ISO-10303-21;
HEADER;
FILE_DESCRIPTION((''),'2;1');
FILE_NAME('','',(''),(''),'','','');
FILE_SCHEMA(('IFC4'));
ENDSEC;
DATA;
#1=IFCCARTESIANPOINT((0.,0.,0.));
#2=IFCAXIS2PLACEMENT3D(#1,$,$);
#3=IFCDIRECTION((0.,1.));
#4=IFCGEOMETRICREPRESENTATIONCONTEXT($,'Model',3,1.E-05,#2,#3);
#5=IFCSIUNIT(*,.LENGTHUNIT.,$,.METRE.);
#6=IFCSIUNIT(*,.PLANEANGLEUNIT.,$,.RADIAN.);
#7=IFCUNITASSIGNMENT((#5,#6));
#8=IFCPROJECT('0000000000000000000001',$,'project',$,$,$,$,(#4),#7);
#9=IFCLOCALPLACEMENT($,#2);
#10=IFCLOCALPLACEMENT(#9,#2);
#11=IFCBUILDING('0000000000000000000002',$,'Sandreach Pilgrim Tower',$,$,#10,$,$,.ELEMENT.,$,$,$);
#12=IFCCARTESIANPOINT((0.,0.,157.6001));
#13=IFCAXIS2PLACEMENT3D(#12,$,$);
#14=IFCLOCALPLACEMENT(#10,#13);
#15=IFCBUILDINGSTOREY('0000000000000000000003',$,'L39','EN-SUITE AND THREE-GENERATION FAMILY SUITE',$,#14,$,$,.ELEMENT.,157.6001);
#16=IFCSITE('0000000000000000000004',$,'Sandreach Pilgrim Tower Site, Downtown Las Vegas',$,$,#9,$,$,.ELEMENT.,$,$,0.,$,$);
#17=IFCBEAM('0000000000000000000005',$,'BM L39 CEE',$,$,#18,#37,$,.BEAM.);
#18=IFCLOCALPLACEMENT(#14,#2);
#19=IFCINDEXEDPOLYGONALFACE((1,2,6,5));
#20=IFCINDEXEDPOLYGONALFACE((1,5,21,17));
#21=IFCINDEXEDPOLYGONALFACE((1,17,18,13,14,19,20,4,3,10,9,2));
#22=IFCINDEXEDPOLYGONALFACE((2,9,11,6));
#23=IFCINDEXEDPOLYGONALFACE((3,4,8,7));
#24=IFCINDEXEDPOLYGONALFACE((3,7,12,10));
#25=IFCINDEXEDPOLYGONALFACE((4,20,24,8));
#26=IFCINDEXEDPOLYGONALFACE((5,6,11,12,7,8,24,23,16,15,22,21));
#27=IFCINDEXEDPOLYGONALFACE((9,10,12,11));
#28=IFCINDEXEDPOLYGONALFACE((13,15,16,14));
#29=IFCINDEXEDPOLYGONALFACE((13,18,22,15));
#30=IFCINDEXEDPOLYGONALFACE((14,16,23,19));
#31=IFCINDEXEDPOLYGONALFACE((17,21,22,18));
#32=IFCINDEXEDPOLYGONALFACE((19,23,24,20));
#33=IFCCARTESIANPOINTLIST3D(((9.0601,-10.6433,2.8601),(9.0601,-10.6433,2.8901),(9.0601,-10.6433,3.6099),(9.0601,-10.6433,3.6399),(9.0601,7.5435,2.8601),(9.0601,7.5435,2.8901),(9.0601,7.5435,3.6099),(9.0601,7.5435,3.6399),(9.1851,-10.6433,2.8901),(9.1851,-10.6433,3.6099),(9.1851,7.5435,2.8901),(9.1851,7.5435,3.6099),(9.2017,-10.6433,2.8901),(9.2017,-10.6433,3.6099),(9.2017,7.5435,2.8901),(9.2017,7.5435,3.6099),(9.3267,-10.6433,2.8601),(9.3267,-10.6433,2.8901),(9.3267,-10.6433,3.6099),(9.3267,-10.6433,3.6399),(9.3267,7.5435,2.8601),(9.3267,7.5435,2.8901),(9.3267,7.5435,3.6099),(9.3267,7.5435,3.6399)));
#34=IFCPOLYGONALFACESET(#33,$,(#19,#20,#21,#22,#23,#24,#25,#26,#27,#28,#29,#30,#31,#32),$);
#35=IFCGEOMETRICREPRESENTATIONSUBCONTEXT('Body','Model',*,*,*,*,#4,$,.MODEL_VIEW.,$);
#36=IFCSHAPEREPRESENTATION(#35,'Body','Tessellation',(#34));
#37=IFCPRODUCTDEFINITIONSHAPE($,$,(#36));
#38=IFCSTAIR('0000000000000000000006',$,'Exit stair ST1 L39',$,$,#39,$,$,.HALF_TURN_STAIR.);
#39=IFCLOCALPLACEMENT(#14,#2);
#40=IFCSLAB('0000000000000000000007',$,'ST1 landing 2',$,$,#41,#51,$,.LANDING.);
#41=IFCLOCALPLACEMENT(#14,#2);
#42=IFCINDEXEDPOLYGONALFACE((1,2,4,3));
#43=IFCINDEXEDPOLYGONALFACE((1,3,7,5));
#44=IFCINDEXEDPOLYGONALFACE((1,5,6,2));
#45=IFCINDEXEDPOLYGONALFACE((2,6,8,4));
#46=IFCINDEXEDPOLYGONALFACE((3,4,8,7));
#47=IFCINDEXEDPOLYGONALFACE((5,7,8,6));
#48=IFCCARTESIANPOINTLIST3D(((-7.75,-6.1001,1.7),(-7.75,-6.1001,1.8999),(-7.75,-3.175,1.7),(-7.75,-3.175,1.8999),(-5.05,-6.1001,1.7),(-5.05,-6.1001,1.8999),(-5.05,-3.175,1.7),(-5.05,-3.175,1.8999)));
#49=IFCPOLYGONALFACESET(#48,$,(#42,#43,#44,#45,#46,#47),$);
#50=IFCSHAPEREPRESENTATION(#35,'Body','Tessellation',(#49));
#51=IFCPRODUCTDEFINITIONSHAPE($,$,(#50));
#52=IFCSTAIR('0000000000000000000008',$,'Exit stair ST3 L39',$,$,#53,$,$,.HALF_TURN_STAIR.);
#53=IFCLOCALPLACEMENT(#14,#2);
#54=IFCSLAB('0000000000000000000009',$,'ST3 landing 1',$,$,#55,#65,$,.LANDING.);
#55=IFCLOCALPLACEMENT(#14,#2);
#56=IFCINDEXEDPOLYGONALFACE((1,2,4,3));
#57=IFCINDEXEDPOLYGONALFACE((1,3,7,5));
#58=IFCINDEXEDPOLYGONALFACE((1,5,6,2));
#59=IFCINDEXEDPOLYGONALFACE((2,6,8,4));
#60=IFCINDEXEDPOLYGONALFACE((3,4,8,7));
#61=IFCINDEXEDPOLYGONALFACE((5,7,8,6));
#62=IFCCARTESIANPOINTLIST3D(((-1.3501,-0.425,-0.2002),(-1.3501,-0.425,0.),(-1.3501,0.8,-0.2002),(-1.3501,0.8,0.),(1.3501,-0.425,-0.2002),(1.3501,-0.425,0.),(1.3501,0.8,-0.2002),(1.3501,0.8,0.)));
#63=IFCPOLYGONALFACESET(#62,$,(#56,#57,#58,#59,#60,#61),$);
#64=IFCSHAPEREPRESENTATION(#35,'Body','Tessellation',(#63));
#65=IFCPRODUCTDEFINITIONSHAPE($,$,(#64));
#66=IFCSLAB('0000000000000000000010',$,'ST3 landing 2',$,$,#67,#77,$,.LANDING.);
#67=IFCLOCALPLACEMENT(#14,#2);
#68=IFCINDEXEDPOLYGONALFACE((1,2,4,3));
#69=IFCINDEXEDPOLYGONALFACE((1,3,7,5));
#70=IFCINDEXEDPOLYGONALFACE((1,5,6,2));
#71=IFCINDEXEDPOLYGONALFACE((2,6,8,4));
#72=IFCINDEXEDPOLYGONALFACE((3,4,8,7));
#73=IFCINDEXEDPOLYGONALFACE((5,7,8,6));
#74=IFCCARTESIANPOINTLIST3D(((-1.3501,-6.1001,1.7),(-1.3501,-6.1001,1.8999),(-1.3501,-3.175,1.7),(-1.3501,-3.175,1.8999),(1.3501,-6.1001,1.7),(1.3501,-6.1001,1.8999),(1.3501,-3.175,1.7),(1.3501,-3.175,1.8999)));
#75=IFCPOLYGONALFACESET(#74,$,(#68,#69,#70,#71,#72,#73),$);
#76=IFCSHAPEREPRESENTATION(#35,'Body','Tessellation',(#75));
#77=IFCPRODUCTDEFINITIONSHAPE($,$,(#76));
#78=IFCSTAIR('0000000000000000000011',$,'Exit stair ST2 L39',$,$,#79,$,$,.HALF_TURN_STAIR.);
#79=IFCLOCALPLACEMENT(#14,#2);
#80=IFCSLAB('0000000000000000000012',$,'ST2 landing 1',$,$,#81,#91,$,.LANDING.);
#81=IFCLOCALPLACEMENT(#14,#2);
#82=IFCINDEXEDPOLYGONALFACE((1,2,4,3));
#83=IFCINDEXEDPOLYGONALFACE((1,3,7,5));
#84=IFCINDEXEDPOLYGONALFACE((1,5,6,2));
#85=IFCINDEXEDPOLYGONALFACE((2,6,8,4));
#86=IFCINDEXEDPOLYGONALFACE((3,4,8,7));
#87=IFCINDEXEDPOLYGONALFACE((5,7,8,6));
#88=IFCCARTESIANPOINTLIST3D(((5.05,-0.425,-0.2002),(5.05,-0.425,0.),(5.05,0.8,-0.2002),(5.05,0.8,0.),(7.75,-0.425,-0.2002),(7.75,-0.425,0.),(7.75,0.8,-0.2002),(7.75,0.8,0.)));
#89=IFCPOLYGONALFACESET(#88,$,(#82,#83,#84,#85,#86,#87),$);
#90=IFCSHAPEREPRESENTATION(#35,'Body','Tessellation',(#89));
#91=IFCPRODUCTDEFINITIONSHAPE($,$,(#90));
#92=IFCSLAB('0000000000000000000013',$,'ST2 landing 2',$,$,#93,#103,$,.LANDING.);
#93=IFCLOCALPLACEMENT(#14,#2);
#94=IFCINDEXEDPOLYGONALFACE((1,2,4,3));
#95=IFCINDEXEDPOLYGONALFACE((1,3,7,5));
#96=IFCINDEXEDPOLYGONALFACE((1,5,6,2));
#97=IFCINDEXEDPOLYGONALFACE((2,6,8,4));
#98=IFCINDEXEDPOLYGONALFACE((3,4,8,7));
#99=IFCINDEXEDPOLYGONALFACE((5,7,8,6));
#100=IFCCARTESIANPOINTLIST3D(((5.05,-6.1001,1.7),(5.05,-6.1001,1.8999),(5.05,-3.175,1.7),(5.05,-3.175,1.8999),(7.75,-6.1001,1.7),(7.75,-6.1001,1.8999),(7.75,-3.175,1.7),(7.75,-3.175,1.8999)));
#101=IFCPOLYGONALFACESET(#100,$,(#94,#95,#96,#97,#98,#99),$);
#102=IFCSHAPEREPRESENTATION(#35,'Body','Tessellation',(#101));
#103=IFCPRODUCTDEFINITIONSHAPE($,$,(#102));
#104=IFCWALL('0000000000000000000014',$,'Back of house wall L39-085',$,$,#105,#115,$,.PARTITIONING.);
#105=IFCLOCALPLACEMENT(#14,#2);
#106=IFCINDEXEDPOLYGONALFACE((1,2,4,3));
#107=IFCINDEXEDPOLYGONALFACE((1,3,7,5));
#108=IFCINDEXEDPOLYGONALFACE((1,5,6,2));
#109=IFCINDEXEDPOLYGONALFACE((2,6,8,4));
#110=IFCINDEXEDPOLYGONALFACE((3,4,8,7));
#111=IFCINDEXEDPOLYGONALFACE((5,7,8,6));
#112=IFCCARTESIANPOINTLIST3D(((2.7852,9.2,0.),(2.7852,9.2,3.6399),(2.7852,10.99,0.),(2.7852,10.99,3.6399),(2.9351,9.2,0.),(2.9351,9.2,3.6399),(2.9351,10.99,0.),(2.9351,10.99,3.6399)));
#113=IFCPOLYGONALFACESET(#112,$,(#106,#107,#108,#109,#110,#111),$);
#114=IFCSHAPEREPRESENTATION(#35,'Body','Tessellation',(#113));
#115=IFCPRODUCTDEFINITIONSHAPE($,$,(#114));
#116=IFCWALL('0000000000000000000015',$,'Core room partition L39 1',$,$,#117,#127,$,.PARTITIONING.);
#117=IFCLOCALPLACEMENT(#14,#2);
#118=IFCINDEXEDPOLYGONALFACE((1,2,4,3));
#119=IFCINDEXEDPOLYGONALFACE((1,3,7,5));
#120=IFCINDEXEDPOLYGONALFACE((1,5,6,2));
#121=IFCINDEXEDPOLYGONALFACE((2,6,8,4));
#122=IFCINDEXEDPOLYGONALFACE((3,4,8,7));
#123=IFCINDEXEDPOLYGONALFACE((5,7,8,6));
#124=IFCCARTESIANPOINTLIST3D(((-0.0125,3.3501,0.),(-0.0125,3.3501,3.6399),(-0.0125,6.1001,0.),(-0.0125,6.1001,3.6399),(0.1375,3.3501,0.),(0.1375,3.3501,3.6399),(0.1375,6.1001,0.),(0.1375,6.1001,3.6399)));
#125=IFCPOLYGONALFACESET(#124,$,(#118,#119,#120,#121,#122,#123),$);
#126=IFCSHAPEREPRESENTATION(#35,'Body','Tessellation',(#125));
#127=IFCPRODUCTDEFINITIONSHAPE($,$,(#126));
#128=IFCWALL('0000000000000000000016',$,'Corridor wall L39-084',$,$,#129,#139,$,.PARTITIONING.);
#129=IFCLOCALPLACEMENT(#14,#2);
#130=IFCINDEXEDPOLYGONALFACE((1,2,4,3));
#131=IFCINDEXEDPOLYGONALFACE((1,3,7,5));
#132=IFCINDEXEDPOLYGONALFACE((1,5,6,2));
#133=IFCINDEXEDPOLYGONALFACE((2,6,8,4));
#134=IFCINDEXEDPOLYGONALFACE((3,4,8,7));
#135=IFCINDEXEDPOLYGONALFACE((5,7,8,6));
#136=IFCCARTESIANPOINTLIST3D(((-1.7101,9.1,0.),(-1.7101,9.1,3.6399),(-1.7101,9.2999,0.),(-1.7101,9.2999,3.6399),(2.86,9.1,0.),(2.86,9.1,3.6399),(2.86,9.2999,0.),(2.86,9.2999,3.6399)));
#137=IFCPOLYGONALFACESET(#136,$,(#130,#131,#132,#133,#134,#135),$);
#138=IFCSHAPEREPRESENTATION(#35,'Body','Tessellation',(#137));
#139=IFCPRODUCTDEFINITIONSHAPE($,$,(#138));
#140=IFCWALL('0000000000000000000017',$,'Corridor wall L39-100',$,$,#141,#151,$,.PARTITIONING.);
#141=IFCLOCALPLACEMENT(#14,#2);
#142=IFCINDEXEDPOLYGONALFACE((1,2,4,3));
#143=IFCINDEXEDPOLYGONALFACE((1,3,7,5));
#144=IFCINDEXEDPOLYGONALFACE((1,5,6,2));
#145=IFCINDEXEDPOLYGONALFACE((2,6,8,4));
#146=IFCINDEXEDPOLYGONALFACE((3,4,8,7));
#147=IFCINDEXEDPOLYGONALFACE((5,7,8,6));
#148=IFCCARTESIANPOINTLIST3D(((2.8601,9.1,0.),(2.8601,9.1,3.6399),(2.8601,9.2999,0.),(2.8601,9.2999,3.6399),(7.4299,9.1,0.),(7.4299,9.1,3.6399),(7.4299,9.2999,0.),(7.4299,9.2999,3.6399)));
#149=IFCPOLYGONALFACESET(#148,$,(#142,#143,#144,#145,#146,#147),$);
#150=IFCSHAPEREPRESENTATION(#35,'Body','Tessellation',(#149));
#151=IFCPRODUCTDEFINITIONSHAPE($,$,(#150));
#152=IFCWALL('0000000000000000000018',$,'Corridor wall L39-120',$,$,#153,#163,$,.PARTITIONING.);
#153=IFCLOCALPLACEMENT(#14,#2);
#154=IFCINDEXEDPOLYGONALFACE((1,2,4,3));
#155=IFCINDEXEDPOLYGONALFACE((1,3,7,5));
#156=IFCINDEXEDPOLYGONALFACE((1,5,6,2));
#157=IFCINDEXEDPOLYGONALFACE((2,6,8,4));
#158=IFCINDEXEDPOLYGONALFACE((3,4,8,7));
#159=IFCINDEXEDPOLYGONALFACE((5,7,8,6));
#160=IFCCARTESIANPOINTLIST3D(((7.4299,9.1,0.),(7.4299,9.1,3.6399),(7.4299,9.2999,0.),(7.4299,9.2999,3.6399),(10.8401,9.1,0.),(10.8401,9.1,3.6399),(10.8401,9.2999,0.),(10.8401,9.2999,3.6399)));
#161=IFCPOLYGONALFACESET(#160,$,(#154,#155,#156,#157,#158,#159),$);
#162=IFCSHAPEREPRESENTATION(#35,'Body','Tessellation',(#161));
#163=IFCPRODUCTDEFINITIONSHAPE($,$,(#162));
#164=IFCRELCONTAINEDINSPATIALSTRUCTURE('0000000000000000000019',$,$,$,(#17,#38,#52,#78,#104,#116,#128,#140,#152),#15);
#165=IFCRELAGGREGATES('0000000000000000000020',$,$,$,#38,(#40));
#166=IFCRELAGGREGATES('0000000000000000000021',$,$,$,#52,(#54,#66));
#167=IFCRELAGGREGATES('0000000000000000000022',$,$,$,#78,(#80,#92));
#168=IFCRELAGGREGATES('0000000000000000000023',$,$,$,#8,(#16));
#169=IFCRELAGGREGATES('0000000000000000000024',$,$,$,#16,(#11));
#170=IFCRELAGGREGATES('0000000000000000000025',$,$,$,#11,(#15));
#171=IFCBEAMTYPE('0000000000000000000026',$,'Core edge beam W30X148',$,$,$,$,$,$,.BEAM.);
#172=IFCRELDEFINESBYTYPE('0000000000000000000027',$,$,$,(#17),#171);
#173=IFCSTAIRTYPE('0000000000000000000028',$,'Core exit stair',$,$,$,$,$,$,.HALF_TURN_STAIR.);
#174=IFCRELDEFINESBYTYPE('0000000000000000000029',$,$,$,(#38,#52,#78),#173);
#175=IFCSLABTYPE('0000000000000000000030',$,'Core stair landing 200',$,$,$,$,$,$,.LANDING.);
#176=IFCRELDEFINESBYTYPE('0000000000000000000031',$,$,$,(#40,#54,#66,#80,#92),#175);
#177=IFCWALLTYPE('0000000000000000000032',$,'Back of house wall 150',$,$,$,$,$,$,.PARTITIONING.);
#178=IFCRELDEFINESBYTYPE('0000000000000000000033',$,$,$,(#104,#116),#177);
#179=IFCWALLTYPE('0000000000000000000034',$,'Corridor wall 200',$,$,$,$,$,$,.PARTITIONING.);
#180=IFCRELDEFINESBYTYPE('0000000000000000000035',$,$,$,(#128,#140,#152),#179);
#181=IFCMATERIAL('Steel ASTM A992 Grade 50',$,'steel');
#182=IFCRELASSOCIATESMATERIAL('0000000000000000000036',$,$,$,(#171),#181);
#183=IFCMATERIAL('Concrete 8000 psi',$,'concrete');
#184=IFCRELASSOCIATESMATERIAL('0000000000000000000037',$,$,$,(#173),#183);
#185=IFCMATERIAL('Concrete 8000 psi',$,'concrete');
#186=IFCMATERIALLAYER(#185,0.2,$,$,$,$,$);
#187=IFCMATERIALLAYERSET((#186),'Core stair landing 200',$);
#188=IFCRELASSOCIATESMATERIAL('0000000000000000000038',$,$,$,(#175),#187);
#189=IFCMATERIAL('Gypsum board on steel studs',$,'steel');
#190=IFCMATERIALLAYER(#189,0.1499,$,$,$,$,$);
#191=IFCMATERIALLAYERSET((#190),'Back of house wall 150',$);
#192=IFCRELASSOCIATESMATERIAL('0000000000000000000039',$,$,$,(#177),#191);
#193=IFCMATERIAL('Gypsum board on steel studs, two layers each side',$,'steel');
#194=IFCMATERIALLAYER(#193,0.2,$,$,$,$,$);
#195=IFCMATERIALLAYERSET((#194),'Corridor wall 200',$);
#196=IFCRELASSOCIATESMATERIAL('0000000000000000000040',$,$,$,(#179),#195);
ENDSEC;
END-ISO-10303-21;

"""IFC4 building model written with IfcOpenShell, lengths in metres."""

from ifc_helpers import new_model, si_unit, direction, frame, frame_2d, origin, origin_2d, place, context, subcontext, project, spatial, polyline, rectangle, i_section, outline, extrude, material, layer, layer_set, material_profile, profile_set, type_object, element, aggregate, save


model = new_model("IFC4")

# Units and contexts
model_context = context("Model", 3, precision=1e-05, world=origin(), true_north=direction((0.0, 1.0)))
body_context = subcontext(model_context, "Body", "Model", "MODEL_VIEW")
ifc_project = project(units=[si_unit("LENGTHUNIT", "METRE"), si_unit("PLANEANGLEUNIT", "RADIAN")], contexts=[model_context])

# Site, building, storey
site_placement = place(None, origin())
site = spatial("IfcSite", under=ifc_project, at=site_placement, Name="Sandreach Pilgrim Tower Site, Downtown Las Vegas", CompositionType="ELEMENT", RefElevation=0.0)
building_placement = place(site_placement, origin())
building = spatial("IfcBuilding", under=site, at=building_placement, Name="Sandreach Pilgrim Tower", CompositionType="ELEMENT")
storey_placement = place(building_placement, frame((0.0, 0.0, 157.6001)))
storey = spatial("IfcBuildingStorey", under=building, at=storey_placement, Name="L39", Description="EN-SUITE AND THREE-GENERATION FAMILY SUITE", CompositionType="ELEMENT", Elevation=157.6001)

# Beam
ifc_material_1 = material(Name="Steel ASTM A992 Grade 50", Category="steel")
ifc_material_profile = material_profile(ifc_material_1, i_section(OverallWidth=0.2666, OverallDepth=0.7798, WebThickness=0.0166, FlangeThickness=0.03, at=origin_2d()), Name="W30X148")
ifc_profile_set = profile_set([ifc_material_profile], Name="Steel ASTM A992 Grade 50")
beam_type = type_object("IfcBeamType", Name="Core edge beam W30X148", PredefinedType="BEAM", material=ifc_profile_set)
beam_placement = place(storey_placement, frame((9.1934, 7.5435, 3.25), z_axis=(0.0, -1.0, 0.0), x_axis=(1.0, 0.0, 0.0)))
element("IfcBeam", 1, at=beam_placement, inside=storey, type_object=beam_type, Name="BM L39 CEE", PredefinedType="BEAM", context=body_context, shape_type="SweptSolid", body=[
    extrude(i_section(OverallWidth=0.2666, OverallDepth=0.7798, WebThickness=0.0166, FlangeThickness=0.03, at=origin_2d()), origin(), (0.0, 0.0, 1.0), 18.1868),
])

# Stair, slab
ifc_material_2 = material(Name="Concrete 8000 psi", Category="concrete")
stair_type = type_object("IfcStairType", Name="Core exit stair", PredefinedType="HALF_TURN_STAIR", material=ifc_material_2)
stair_1_placement = place(storey_placement, origin())
stair_1 = element("IfcStair", 2, at=stair_1_placement, inside=storey, type_object=stair_type, Name="Exit stair ST1 L39", PredefinedType="HALF_TURN_STAIR")
ifc_material_3 = material(Name="Concrete 8000 psi", Category="concrete")
ifc_layer_1 = layer(ifc_material_3, 0.2)
ifc_layer_set_1 = layer_set([ifc_layer_1], Name="Core stair landing 200")
slab_type = type_object("IfcSlabType", Name="Core stair landing 200", PredefinedType="LANDING", material=ifc_layer_set_1)
slab_1_placement = place(storey_placement, frame((0.0, 0.0, 1.7)))
slab_1 = element("IfcSlab", 3, at=slab_1_placement, type_object=slab_type, Name="ST1 landing 2", PredefinedType="LANDING", context=body_context, shape_type="SweptSolid", body=[
    extrude(outline(polyline([(-7.75, -6.1001), (-5.05, -6.1001), (-5.05, -3.175), (-7.75, -3.175), (-7.75, -6.1001)])), origin(), (0.0, 0.0, 1.0), 0.2),
])
aggregate(stair_1, [slab_1])

# Stairs, slabs
stair_2_placement = place(storey_placement, origin())
stair_2 = element("IfcStair", 4, at=stair_2_placement, inside=storey, type_object=stair_type, Name="Exit stair ST3 L39", PredefinedType="HALF_TURN_STAIR")
slab_2_placement = place(storey_placement, frame((0.0, 0.0, -0.2002)))
slab_2 = element("IfcSlab", 5, at=slab_2_placement, type_object=slab_type, Name="ST3 landing 1", PredefinedType="LANDING", context=body_context, shape_type="SweptSolid", body=[
    extrude(outline(polyline([(-1.3501, -0.425), (1.3501, -0.425), (1.3501, 0.8), (-1.3501, 0.8), (-1.3501, -0.425)])), origin(), (0.0, 0.0, 1.0), 0.2002),
])
slab_3_placement = place(storey_placement, frame((0.0, 0.0, 1.7)))
slab_3 = element("IfcSlab", 6, at=slab_3_placement, type_object=slab_type, Name="ST3 landing 2", PredefinedType="LANDING", context=body_context, shape_type="SweptSolid", body=[
    extrude(outline(polyline([(-1.3501, -6.1001), (1.3501, -6.1001), (1.3501, -3.175), (-1.3501, -3.175), (-1.3501, -6.1001)])), origin(), (0.0, 0.0, 1.0), 0.2),
])
aggregate(stair_2, [slab_2, slab_3])
stair_3_placement = place(storey_placement, origin())
stair_3 = element("IfcStair", 7, at=stair_3_placement, inside=storey, type_object=stair_type, Name="Exit stair ST2 L39", PredefinedType="HALF_TURN_STAIR")
slab_4_placement = place(storey_placement, frame((0.0, 0.0, -0.2002)))
slab_4 = element("IfcSlab", 8, at=slab_4_placement, type_object=slab_type, Name="ST2 landing 1", PredefinedType="LANDING", context=body_context, shape_type="SweptSolid", body=[
    extrude(outline(polyline([(5.05, -0.425), (7.75, -0.425), (7.75, 0.8), (5.05, 0.8), (5.05, -0.425)])), origin(), (0.0, 0.0, 1.0), 0.2002),
])
slab_5_placement = place(storey_placement, frame((0.0, 0.0, 1.7)))
slab_5 = element("IfcSlab", 9, at=slab_5_placement, type_object=slab_type, Name="ST2 landing 2", PredefinedType="LANDING", context=body_context, shape_type="SweptSolid", body=[
    extrude(outline(polyline([(5.05, -6.1001), (7.75, -6.1001), (7.75, -3.175), (5.05, -3.175), (5.05, -6.1001)])), origin(), (0.0, 0.0, 1.0), 0.2),
])
aggregate(stair_3, [slab_4, slab_5])

# Walls
ifc_material_4 = material(Name="Gypsum board on steel studs", Category="steel")
ifc_layer_2 = layer(ifc_material_4, 0.1499)
ifc_layer_set_2 = layer_set([ifc_layer_2], Name="Back of house wall 150")
wall_type_1 = type_object("IfcWallType", Name="Back of house wall 150", PredefinedType="PARTITIONING", material=ifc_layer_set_2)
wall_1_placement = place(storey_placement, frame((2.8601, 10.99, 0.0), z_axis=(0.0, 0.0, 1.0), x_axis=(0.0, -1.0, 0.0)))
element("IfcWall", 10, at=wall_1_placement, inside=storey, type_object=wall_type_1, Name="Back of house wall L39-085", PredefinedType="PARTITIONING", context=body_context, shape_type="SweptSolid", body=[
    extrude(rectangle(XDim=1.79, YDim=0.1499, at=frame_2d((0.895, 0.0))), origin(), (0.0, 0.0, 1.0), 3.6399),
])
wall_2_placement = place(storey_placement, frame((0.0625, 3.3501, 0.0), z_axis=(0.0, 0.0, 1.0), x_axis=(0.0, 1.0, 0.0)))
element("IfcWall", 11, at=wall_2_placement, inside=storey, type_object=wall_type_1, Name="Core room partition L39 1", PredefinedType="PARTITIONING", context=body_context, shape_type="SweptSolid", body=[
    extrude(rectangle(XDim=2.75, YDim=0.1499, at=frame_2d((1.375, 0.0))), origin(), (0.0, 0.0, 1.0), 3.6399),
])

# Wall
ifc_material_5 = material(Name="Gypsum board on steel studs, two layers each side", Category="steel")
ifc_layer_3 = layer(ifc_material_5, 0.2)
ifc_layer_set_3 = layer_set([ifc_layer_3], Name="Corridor wall 200")
wall_type_2 = type_object("IfcWallType", Name="Corridor wall 200", PredefinedType="PARTITIONING", material=ifc_layer_set_3)
wall_3_placement = place(storey_placement, frame((2.8601, 9.2, 0.0), z_axis=(0.0, 0.0, 1.0), x_axis=(-1.0, 0.0, 0.0)))
element("IfcWall", 12, at=wall_3_placement, inside=storey, type_object=wall_type_2, Name="Corridor wall L39-084", PredefinedType="PARTITIONING", context=body_context, shape_type="SweptSolid", body=[
    extrude(rectangle(XDim=4.5701, YDim=0.2, at=frame_2d((2.2852, 0.0))), origin(), (0.0, 0.0, 1.0), 3.6399),
])

# Walls
wall_4_placement = place(storey_placement, frame((7.4299, 9.2, 0.0), z_axis=(0.0, 0.0, 1.0), x_axis=(-1.0, 0.0, 0.0)))
element("IfcWall", 13, at=wall_4_placement, inside=storey, type_object=wall_type_2, Name="Corridor wall L39-100", PredefinedType="PARTITIONING", context=body_context, shape_type="SweptSolid", body=[
    extrude(rectangle(XDim=4.5698, YDim=0.2, at=frame_2d((2.2849, 0.0))), origin(), (0.0, 0.0, 1.0), 3.6399),
])
wall_5_placement = place(storey_placement, frame((10.8401, 9.2, 0.0), z_axis=(0.0, 0.0, 1.0), x_axis=(-1.0, 0.0, 0.0)))
element("IfcWall", 14, at=wall_5_placement, inside=storey, type_object=wall_type_2, Name="Corridor wall L39-120", PredefinedType="PARTITIONING", context=body_context, shape_type="SweptSolid", body=[
    extrude(rectangle(XDim=3.4102, YDim=0.2, at=frame_2d((1.7051, 0.0))), origin(), (0.0, 0.0, 1.0), 3.6399),
])

save(model, "model.ifc")
